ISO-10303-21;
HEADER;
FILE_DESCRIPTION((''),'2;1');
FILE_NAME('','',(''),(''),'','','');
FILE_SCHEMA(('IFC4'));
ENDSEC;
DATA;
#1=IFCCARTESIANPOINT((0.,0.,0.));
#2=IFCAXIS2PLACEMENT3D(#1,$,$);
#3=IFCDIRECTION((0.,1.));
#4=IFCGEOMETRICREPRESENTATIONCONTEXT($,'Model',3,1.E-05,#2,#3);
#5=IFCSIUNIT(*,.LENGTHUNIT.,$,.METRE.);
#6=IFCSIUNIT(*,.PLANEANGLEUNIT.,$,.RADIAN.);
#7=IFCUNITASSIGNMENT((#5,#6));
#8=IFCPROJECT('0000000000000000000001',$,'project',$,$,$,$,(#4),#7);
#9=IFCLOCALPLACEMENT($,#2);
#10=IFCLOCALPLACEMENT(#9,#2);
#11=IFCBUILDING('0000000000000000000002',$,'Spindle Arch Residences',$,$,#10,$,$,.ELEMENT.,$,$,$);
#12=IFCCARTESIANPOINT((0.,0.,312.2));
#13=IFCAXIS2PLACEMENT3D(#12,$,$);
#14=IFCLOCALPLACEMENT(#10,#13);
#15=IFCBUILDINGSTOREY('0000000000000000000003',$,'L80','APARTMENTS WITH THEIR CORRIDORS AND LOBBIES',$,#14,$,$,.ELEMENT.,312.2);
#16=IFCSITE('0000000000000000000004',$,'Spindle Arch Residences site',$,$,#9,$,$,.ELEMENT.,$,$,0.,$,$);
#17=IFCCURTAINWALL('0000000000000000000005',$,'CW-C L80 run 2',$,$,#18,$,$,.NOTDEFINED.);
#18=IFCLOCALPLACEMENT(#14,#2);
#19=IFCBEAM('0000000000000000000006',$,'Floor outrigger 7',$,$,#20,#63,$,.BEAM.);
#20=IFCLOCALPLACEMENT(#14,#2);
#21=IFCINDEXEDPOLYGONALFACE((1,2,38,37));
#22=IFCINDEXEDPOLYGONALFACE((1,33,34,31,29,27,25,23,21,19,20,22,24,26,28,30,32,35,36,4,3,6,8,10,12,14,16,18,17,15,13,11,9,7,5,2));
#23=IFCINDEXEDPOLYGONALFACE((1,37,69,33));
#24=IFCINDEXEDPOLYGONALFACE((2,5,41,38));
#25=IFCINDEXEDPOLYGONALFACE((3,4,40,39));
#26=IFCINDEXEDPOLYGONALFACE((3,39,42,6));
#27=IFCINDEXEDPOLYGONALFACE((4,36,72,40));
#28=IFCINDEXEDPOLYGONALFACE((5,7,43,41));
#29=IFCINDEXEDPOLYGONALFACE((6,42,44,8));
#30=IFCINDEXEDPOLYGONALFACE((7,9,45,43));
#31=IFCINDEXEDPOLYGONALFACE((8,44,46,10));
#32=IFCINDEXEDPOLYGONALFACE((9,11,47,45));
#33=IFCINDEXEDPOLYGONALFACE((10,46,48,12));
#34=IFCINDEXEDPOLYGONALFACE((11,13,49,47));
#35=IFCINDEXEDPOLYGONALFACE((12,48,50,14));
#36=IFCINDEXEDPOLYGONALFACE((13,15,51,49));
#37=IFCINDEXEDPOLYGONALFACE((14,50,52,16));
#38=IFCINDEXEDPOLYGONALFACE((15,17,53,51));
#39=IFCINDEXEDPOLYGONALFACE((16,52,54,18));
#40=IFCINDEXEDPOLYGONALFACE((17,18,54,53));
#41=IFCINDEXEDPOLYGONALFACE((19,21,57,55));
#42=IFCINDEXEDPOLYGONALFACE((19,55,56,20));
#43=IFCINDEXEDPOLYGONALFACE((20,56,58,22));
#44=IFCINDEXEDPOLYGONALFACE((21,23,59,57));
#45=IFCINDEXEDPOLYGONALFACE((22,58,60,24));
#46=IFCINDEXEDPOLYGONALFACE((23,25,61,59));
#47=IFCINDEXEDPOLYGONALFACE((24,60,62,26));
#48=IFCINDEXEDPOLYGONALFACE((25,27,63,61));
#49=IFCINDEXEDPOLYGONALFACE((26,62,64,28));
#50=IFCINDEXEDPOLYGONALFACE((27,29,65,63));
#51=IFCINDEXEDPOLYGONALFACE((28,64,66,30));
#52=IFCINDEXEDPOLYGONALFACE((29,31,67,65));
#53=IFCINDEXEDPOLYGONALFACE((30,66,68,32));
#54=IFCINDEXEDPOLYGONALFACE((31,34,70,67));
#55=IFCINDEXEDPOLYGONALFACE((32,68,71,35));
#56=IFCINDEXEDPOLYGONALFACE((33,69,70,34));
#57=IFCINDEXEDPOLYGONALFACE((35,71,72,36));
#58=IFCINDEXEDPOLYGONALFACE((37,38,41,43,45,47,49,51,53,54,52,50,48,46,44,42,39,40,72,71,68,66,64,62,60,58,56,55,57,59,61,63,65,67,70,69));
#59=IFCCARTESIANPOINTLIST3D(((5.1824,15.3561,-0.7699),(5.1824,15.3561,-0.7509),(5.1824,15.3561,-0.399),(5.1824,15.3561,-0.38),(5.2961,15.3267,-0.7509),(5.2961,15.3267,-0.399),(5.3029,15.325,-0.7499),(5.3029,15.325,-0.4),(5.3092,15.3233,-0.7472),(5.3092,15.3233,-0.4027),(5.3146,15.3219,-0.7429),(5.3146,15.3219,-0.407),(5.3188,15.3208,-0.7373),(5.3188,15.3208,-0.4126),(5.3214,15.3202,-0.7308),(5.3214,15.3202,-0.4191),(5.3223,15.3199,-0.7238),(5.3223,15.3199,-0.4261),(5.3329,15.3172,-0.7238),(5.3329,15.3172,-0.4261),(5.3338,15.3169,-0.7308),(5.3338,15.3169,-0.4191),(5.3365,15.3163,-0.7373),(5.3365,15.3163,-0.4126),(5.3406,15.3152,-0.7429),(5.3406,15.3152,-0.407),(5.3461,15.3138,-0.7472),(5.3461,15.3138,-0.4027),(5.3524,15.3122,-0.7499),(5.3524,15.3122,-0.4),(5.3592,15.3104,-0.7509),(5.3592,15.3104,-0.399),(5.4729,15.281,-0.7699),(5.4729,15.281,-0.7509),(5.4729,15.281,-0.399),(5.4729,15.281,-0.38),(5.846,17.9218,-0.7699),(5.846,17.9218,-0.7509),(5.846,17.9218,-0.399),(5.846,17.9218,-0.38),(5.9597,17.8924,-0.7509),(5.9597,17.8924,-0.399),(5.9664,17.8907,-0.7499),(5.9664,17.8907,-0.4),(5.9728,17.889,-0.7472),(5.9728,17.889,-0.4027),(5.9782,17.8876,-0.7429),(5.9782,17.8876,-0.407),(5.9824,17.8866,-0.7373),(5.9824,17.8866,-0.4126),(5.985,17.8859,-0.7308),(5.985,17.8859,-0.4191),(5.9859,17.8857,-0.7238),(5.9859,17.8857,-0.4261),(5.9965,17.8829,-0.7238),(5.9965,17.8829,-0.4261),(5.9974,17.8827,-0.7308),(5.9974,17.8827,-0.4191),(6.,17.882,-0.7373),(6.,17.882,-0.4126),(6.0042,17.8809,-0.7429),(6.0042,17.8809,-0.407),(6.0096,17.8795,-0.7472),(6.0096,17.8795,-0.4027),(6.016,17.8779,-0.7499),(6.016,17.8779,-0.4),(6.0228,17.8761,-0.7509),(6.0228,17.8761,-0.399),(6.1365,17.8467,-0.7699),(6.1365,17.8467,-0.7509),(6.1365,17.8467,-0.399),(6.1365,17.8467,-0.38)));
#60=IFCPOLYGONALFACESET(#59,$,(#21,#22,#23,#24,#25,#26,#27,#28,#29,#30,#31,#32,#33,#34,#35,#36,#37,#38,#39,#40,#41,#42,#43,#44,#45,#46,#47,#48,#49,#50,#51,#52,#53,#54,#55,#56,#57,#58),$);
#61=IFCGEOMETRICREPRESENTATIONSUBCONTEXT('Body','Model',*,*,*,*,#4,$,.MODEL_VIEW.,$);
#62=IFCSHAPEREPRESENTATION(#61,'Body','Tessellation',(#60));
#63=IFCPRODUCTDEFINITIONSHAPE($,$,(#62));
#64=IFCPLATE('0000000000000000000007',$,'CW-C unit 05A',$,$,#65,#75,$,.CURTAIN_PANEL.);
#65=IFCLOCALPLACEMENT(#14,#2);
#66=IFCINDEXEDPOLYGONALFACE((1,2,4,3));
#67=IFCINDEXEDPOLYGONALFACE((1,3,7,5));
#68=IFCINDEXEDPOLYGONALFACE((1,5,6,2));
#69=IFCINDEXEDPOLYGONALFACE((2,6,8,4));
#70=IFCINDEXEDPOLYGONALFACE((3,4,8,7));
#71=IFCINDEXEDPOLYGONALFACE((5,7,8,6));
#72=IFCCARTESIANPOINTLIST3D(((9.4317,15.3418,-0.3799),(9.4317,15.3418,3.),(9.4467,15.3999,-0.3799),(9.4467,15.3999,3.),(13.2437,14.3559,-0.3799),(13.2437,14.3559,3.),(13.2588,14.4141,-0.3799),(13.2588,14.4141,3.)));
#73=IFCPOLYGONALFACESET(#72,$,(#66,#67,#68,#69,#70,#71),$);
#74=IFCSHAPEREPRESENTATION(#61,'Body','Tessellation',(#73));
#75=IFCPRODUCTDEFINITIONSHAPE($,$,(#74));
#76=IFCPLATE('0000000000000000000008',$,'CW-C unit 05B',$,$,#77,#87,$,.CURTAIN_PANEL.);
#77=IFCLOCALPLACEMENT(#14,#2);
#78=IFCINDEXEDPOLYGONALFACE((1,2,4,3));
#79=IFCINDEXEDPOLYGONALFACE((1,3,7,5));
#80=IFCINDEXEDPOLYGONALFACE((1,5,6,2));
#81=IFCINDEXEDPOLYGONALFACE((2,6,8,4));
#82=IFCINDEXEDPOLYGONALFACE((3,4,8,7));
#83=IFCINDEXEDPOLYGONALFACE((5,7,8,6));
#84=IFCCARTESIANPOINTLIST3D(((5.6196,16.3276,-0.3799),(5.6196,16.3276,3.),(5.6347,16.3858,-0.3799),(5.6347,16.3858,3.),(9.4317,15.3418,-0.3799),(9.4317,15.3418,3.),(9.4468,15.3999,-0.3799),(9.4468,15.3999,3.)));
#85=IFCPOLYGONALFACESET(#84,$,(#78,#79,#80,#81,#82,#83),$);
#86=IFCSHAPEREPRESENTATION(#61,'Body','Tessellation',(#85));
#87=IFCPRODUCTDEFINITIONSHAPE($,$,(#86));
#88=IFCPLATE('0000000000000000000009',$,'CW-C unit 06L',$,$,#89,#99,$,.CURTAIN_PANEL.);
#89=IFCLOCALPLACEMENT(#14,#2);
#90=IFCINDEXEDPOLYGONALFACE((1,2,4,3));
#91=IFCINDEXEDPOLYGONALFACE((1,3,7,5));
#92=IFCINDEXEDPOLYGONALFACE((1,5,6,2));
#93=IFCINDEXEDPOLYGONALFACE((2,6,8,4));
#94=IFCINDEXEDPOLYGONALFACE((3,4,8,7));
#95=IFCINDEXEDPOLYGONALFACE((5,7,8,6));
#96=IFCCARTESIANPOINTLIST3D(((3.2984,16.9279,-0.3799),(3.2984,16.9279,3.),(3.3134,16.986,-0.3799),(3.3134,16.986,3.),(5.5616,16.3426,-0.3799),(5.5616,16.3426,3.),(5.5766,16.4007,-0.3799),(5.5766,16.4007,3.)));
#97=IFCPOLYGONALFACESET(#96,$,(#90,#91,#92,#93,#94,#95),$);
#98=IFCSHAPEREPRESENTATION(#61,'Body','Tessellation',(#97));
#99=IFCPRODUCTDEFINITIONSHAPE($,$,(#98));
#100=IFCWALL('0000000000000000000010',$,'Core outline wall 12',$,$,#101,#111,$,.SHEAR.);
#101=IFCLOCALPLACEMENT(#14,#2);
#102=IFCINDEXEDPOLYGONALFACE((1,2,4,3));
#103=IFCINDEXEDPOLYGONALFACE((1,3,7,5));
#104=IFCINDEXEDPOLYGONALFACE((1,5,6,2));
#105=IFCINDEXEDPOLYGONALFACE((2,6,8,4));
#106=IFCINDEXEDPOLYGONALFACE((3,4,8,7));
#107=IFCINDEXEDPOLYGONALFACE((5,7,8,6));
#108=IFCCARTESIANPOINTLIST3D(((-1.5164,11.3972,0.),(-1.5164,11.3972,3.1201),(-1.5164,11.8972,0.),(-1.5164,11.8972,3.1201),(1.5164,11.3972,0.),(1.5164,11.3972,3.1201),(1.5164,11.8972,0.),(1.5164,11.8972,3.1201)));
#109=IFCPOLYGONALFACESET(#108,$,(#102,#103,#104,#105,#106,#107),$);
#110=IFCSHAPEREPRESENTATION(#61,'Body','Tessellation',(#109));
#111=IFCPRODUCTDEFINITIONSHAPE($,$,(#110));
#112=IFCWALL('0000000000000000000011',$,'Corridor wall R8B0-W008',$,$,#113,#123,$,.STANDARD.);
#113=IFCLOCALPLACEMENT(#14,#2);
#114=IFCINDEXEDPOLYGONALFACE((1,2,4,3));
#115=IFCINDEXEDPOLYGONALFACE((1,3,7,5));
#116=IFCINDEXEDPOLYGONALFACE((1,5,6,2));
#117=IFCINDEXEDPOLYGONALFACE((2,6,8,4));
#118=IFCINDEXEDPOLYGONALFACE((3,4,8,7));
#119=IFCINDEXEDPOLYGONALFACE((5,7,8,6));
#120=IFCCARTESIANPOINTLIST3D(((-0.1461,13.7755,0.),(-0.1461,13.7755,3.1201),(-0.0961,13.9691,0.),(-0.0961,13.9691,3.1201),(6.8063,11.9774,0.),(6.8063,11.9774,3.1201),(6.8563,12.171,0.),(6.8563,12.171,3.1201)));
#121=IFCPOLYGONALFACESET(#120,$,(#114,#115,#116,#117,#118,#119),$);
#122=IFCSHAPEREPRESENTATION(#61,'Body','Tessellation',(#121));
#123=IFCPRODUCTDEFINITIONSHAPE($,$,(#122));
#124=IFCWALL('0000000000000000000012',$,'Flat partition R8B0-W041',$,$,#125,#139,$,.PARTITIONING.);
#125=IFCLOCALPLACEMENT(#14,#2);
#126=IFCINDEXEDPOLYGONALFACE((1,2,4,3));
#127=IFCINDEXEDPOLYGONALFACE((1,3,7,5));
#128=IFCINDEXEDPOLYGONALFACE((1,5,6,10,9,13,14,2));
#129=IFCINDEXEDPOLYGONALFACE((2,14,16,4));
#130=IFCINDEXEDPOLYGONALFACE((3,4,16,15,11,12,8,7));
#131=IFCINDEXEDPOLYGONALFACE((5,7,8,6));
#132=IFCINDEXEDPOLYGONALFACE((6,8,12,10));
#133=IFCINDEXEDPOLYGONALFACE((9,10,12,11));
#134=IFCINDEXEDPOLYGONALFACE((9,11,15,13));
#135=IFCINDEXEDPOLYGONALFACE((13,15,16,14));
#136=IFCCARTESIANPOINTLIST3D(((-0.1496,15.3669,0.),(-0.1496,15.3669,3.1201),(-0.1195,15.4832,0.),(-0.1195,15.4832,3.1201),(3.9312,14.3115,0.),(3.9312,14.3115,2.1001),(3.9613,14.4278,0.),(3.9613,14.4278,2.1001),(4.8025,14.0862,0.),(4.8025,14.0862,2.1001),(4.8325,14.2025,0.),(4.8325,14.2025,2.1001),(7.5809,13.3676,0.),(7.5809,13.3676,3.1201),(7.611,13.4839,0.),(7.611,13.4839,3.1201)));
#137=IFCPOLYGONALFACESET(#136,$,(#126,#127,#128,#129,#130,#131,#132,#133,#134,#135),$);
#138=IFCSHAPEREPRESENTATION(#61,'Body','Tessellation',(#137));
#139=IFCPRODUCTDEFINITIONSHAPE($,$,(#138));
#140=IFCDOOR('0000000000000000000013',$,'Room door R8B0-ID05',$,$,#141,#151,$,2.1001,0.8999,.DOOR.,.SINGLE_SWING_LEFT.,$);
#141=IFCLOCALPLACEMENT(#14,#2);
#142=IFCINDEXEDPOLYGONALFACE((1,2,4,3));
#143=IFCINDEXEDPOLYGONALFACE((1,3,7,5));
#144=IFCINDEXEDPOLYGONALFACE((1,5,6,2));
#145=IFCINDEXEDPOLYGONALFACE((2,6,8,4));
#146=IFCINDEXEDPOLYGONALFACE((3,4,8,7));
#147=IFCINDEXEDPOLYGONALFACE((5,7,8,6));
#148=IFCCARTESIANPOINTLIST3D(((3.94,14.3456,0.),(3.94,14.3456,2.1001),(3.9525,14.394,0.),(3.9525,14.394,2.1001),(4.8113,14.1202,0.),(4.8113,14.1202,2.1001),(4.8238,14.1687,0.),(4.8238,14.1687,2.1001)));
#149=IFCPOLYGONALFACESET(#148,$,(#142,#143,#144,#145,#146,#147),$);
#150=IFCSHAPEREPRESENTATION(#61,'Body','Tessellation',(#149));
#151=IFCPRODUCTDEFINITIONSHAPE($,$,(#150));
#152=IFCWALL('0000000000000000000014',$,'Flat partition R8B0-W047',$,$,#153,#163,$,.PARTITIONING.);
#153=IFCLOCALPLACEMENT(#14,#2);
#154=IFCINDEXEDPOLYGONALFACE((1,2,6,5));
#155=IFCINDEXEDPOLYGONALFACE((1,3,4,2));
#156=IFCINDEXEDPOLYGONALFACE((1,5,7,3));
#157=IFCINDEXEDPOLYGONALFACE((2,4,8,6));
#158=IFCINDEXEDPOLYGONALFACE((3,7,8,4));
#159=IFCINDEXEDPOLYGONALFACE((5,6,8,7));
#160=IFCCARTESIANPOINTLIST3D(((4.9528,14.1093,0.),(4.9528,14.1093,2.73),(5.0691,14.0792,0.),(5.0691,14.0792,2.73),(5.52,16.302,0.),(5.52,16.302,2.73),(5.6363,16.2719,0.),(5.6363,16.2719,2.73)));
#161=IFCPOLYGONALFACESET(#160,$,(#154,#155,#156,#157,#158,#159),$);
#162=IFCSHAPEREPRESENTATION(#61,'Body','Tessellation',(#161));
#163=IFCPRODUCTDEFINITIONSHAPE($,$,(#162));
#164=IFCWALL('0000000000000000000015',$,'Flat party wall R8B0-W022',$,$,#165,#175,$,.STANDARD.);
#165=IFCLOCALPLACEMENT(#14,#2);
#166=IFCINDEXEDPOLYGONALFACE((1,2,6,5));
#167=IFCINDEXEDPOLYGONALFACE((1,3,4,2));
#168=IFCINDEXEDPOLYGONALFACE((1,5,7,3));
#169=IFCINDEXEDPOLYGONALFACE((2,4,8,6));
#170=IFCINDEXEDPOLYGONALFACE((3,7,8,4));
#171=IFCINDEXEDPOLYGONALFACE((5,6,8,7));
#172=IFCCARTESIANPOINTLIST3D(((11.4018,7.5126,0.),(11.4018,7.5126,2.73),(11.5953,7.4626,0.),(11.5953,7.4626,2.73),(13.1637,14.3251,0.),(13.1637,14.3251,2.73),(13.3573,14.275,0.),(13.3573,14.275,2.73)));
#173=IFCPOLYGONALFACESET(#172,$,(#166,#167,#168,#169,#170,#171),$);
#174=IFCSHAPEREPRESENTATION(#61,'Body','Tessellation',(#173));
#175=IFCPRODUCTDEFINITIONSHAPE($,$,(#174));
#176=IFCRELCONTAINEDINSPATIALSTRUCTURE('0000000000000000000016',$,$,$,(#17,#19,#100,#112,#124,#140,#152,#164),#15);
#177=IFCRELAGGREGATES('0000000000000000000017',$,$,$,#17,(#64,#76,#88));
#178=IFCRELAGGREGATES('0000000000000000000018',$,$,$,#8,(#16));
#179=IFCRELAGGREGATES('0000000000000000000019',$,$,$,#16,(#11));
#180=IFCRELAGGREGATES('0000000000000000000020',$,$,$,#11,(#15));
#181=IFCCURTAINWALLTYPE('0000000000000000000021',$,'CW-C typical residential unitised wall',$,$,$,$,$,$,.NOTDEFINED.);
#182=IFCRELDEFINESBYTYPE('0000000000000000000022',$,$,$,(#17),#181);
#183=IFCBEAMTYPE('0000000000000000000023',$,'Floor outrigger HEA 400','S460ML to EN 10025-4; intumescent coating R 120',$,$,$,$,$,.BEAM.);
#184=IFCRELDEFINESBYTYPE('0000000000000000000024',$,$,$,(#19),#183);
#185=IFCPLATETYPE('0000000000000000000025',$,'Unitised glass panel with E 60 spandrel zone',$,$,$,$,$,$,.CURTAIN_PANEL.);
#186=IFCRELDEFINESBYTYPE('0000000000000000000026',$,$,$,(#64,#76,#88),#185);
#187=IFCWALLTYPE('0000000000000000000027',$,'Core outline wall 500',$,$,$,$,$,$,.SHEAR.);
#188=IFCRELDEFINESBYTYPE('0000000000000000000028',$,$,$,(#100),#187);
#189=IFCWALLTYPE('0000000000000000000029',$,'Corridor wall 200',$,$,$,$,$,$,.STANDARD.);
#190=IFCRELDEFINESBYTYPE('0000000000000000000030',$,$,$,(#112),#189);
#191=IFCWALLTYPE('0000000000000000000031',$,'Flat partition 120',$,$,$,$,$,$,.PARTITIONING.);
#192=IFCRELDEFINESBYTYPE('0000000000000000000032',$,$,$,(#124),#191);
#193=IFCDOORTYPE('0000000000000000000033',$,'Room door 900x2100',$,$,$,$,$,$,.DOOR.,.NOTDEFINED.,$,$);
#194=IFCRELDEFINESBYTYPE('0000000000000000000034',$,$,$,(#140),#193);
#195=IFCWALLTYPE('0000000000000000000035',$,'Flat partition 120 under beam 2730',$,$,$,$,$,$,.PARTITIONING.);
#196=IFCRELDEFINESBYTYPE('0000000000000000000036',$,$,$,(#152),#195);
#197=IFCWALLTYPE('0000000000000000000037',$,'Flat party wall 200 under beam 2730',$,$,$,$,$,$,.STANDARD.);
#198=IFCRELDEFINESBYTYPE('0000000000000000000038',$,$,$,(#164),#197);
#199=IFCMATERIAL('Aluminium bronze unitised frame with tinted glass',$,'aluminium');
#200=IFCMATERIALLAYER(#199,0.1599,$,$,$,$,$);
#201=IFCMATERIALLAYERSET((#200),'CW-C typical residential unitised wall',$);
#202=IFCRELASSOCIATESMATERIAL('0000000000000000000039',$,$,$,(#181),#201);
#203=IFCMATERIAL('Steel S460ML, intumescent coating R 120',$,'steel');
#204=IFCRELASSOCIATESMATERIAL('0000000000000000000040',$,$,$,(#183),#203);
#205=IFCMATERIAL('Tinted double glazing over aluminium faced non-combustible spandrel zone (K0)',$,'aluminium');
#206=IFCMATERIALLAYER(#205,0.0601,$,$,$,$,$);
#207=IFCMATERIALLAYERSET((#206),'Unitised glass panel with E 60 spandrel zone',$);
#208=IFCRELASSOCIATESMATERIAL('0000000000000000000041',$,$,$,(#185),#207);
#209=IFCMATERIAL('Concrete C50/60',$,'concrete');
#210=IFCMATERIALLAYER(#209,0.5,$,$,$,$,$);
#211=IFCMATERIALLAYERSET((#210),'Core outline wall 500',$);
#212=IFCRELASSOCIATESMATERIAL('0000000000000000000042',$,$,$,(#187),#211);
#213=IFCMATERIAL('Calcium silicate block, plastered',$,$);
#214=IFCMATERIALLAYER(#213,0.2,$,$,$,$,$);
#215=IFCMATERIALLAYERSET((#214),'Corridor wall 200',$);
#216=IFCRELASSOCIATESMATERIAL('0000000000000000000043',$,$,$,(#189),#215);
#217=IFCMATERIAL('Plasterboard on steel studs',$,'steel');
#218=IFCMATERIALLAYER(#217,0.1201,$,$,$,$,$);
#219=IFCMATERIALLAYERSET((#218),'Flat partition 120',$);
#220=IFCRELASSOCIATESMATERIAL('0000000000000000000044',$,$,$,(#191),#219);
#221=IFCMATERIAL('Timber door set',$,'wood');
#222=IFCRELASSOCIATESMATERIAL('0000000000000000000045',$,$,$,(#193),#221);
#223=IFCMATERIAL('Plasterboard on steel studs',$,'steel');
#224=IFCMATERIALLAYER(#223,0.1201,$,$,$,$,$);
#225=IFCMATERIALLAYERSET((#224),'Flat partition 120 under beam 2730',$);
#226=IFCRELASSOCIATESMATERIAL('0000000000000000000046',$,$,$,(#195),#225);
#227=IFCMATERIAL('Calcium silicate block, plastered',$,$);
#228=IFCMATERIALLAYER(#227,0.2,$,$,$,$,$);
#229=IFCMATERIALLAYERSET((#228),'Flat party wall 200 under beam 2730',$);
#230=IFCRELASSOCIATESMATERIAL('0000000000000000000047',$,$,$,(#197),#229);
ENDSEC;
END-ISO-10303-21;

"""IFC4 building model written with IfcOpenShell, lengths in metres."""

from ifc_helpers import new_model, si_unit, direction, frame, frame_2d, origin, origin_2d, place, context, subcontext, project, spatial, rectangle, i_section, extrude, material, layer, layer_set, material_profile, profile_set, type_object, element, fill, aggregate, save


model = new_model("IFC4")

# Units and contexts
model_context = context("Model", 3, precision=1e-05, world=origin(), true_north=direction((0.0, 1.0)))
body_context = subcontext(model_context, "Body", "Model", "MODEL_VIEW")
ifc_project = project(units=[si_unit("LENGTHUNIT", "METRE"), si_unit("PLANEANGLEUNIT", "RADIAN")], contexts=[model_context])

# Site, building, storey
site_placement = place(None, origin())
site = spatial("IfcSite", under=ifc_project, at=site_placement, Name="Spindle Arch Residences site", CompositionType="ELEMENT", RefElevation=0.0)
building_placement = place(site_placement, origin())
building = spatial("IfcBuilding", under=site, at=building_placement, Name="Spindle Arch Residences", CompositionType="ELEMENT")
storey_placement = place(building_placement, frame((0.0, 0.0, 312.2)))
storey = spatial("IfcBuildingStorey", under=building, at=storey_placement, Name="L80", Description="APARTMENTS WITH THEIR CORRIDORS AND LOBBIES", CompositionType="ELEMENT", Elevation=312.2)

# Curtain wall
ifc_material_1 = material(Name="Aluminium bronze unitised frame with tinted glass", Category="aluminium")
ifc_layer_1 = layer(ifc_material_1, 0.1599)
ifc_layer_set_1 = layer_set([ifc_layer_1], Name="CW-C typical residential unitised wall")
curtain_wall_type = type_object("IfcCurtainWallType", Name="CW-C typical residential unitised wall", PredefinedType="NOTDEFINED", material=ifc_layer_set_1)
curtain_wall_placement = place(storey_placement, origin())
curtain_wall = element("IfcCurtainWall", 1, at=curtain_wall_placement, inside=storey, type_object=curtain_wall_type, Name="CW-C L80 run 2", PredefinedType="NOTDEFINED")

# Beam
ifc_material_2 = material(Name="Steel S460ML, intumescent coating R 120", Category="steel")
ifc_material_profile_1 = material_profile(ifc_material_2, i_section(OverallWidth=0.3, OverallDepth=0.3899, WebThickness=0.011, FlangeThickness=0.019, FilletRadius=0.0271, at=origin_2d()), Name="HEA 400")
ifc_profile_set_1 = profile_set([ifc_material_profile_1], Name="Steel S460ML, intumescent coating R 120")
beam_type_1 = type_object("IfcBeamType", Name="Floor outrigger HEA 400", Description="S460ML to EN 10025-4; intumescent coating R 120", PredefinedType="BEAM", material=ifc_profile_set_1)
for number, where, z_axis, x_axis, name in (
    (2, (5.9912, 17.8843, -0.575), (-0.250396, -0.968143, 0.0), (0.968143, -0.250396, 0.0), "Floor outrigger 7"),
):
    element("IfcBeam", number, at=place(storey_placement, frame(where, z_axis=z_axis, x_axis=x_axis)), inside=storey, type_object=beam_type_1, Name=name, PredefinedType="BEAM", context=body_context, shape_type="SweptSolid", body=[
        extrude(i_section(OverallWidth=0.3, OverallDepth=0.3899, WebThickness=0.011, FlangeThickness=0.019, FilletRadius=0.0271, at=origin_2d()), origin(), (0.0, 0.0, 1.0), 2.6501),
    ])

# Plates
ifc_material_3 = material(Name="Tinted double glazing over aluminium faced non-combustible spandrel zone (K0)", Category="aluminium")
ifc_layer_2 = layer(ifc_material_3, 0.0601)
ifc_layer_set_2 = layer_set([ifc_layer_2], Name="Unitised glass panel with E 60 spandrel zone")
plate_type = type_object("IfcPlateType", Name="Unitised glass panel with E 60 spandrel zone", PredefinedType="CURTAIN_PANEL", material=ifc_layer_set_2)
plate_1_placement = place(storey_placement, frame((11.3452, 14.8779, -0.3799), z_axis=(0.0, 0.0, 1.0), x_axis=(-0.968148, 0.25038, 0.0)))
plate_1 = element("IfcPlate", 3, at=plate_1_placement, type_object=plate_type, Name="CW-C unit 05A", PredefinedType="CURTAIN_PANEL", context=body_context, shape_type="SweptSolid", body=[
    extrude(rectangle(XDim=3.9375, YDim=0.0601, at=origin_2d()), origin(), (0.0, 0.0, 1.0), 3.3799),
])
plate_2_placement = place(storey_placement, frame((7.5332, 15.8638, -0.3799), z_axis=(0.0, 0.0, 1.0), x_axis=(-0.968148, 0.25038, 0.0)))
plate_2 = element("IfcPlate", 4, at=plate_2_placement, type_object=plate_type, Name="CW-C unit 05B", PredefinedType="CURTAIN_PANEL", context=body_context, shape_type="SweptSolid", body=[
    extrude(rectangle(XDim=3.9375, YDim=0.0601, at=origin_2d()), origin(), (0.0, 0.0, 1.0), 3.3799),
])
plate_3_placement = place(storey_placement, frame((4.4375, 16.6643, -0.3799), z_axis=(0.0, 0.0, 1.0), x_axis=(-0.968148, 0.25038, 0.0)))
plate_3 = element("IfcPlate", 5, at=plate_3_placement, type_object=plate_type, Name="CW-C unit 06L", PredefinedType="CURTAIN_PANEL", context=body_context, shape_type="SweptSolid", body=[
    extrude(rectangle(XDim=2.3376, YDim=0.0601, at=origin_2d()), origin(), (0.0, 0.0, 1.0), 3.3799),
])
aggregate(curtain_wall, [plate_1, plate_2, plate_3])

# Walls
ifc_material_4 = material(Name="Concrete C50/60", Category="concrete")
ifc_layer_3 = layer(ifc_material_4, 0.5)
ifc_layer_set_3 = layer_set([ifc_layer_3], Name="Core outline wall 500")
wall_type_1 = type_object("IfcWallType", Name="Core outline wall 500", PredefinedType="SHEAR", material=ifc_layer_set_3)
wall_1_placement = place(storey_placement, frame((1.5164, 11.6472, 0.0), z_axis=(0.0, 0.0, 1.0), x_axis=(-1.0, 0.0, 0.0)))
element("IfcWall", 6, at=wall_1_placement, inside=storey, type_object=wall_type_1, Name="Core outline wall 12", PredefinedType="SHEAR", context=body_context, shape_type="SweptSolid", body=[
    extrude(rectangle(XDim=3.0327, YDim=0.5, at=frame_2d((1.5164, 0.0))), origin(), (0.0, 0.0, 1.0), 3.1201),
])
ifc_material_5 = material(Name="Calcium silicate block, plastered")
ifc_layer_4 = layer(ifc_material_5, 0.2)
ifc_layer_set_4 = layer_set([ifc_layer_4], Name="Corridor wall 200")
wall_type_2 = type_object("IfcWallType", Name="Corridor wall 200", PredefinedType="STANDARD", material=ifc_layer_set_4)
wall_2_placement = place(storey_placement, frame((6.8313, 12.0742, 0.0), z_axis=(0.0, 0.0, 1.0), x_axis=(-0.968145, 0.250391, 0.0)))
element("IfcWall", 7, at=wall_2_placement, inside=storey, type_object=wall_type_2, Name="Corridor wall R8B0-W008", PredefinedType="STANDARD", context=body_context, shape_type="SweptSolid", body=[
    extrude(rectangle(XDim=7.1812, YDim=0.2, at=frame_2d((3.5906, 0.0))), origin(), (0.0, 0.0, 1.0), 3.1201),
])

# Wall, opening, door
ifc_material_6 = material(Name="Plasterboard on steel studs", Category="steel")
ifc_layer_5 = layer(ifc_material_6, 0.1201)
ifc_layer_set_5 = layer_set([ifc_layer_5], Name="Flat partition 120")
wall_type_3 = type_object("IfcWallType", Name="Flat partition 120", PredefinedType="PARTITIONING", material=ifc_layer_set_5)
wall_3_placement = place(storey_placement, frame((7.5959, 13.4258, 0.0), z_axis=(0.0, 0.0, 1.0), x_axis=(-0.968147, 0.250384, 0.0)))
wall_3 = element("IfcWall", 8, at=wall_3_placement, inside=storey, type_object=wall_type_3, Name="Flat partition R8B0-W041", PredefinedType="PARTITIONING", context=body_context, shape_type="SweptSolid", body=[
    extrude(rectangle(XDim=7.9849, YDim=0.1201, at=frame_2d((3.9924, 0.0))), origin(), (0.0, 0.0, 1.0), 3.1201),
])
opening_1_placement = place(wall_3_placement, frame((2.8699, 0.0, 0.0)))
opening_1 = element("IfcOpeningElement", 9, at=opening_1_placement, cuts=wall_3, PredefinedType="OPENING", context=body_context, shape_type="SweptSolid", body=[
    extrude(rectangle(XDim=0.8999, YDim=2.1001, at=frame_2d((0.45, 1.05))), frame((0.0, 0.0701, 0.0), z_axis=(0.0, -1.0, 0.0), x_axis=(1.0, 0.0, 0.0)), (0.0, 0.0, 1.0), 0.1401),
])
ifc_material_7 = material(Name="Timber door set", Category="wood")
door_type_1 = type_object("IfcDoorType", Name="Room door 900x2100", OperationType="NOTDEFINED", PredefinedType="DOOR", material=ifc_material_7)
door_1_placement = place(opening_1_placement, origin())
door_1 = element("IfcDoor", 10, at=door_1_placement, inside=storey, type_object=door_type_1, Name="Room door R8B0-ID05", OperationType="SINGLE_SWING_LEFT", OverallHeight=2.1001, OverallWidth=0.8999, PredefinedType="DOOR", context=body_context, shape_type="SweptSolid", body=[
    extrude(rectangle(XDim=0.8999, YDim=2.1001, at=frame_2d((0.45, 1.05))), frame((0.0, 0.0249, 0.0), z_axis=(0.0, -1.0, 0.0), x_axis=(1.0, 0.0, 0.0)), (0.0, 0.0, 1.0), 0.05),
])
fill(opening_1, door_1)

# Walls
ifc_material_8 = material(Name="Plasterboard on steel studs", Category="steel")
ifc_layer_6 = layer(ifc_material_8, 0.1201)
ifc_layer_set_6 = layer_set([ifc_layer_6], Name="Flat partition 120 under beam 2730")
wall_type_4 = type_object("IfcWallType", Name="Flat partition 120 under beam 2730", PredefinedType="PARTITIONING", material=ifc_layer_set_6)
wall_4_placement = place(storey_placement, frame((5.5781, 16.2869, 0.0), z_axis=(0.0, 0.0, 1.0), x_axis=(-0.250416, -0.968138, 0.0)))
element("IfcWall", 11, at=wall_4_placement, inside=storey, type_object=wall_type_4, Name="Flat partition R8B0-W047", PredefinedType="PARTITIONING", context=body_context, shape_type="SweptSolid", body=[
    extrude(rectangle(XDim=2.2649, YDim=0.1201, at=frame_2d((1.1323, 0.0))), origin(), (0.0, 0.0, 1.0), 2.73),
])
ifc_material_9 = material(Name="Calcium silicate block, plastered")
ifc_layer_7 = layer(ifc_material_9, 0.2)
ifc_layer_set_7 = layer_set([ifc_layer_7], Name="Flat party wall 200 under beam 2730")
wall_type_5 = type_object("IfcWallType", Name="Flat party wall 200 under beam 2730", PredefinedType="STANDARD", material=ifc_layer_set_7)
wall_5_placement = place(storey_placement, frame((13.2605, 14.3, 0.0), z_axis=(0.0, 0.0, 1.0), x_axis=(-0.250397, -0.968143, 0.0)))
element("IfcWall", 12, at=wall_5_placement, inside=storey, type_object=wall_type_5, Name="Flat party wall R8B0-W022", PredefinedType="STANDARD", context=body_context, shape_type="SweptSolid", body=[
    extrude(rectangle(XDim=7.0366, YDim=0.2, at=frame_2d((3.5183, 0.0))), origin(), (0.0, 0.0, 1.0), 2.73),
])

save(model, "model.ifc")
